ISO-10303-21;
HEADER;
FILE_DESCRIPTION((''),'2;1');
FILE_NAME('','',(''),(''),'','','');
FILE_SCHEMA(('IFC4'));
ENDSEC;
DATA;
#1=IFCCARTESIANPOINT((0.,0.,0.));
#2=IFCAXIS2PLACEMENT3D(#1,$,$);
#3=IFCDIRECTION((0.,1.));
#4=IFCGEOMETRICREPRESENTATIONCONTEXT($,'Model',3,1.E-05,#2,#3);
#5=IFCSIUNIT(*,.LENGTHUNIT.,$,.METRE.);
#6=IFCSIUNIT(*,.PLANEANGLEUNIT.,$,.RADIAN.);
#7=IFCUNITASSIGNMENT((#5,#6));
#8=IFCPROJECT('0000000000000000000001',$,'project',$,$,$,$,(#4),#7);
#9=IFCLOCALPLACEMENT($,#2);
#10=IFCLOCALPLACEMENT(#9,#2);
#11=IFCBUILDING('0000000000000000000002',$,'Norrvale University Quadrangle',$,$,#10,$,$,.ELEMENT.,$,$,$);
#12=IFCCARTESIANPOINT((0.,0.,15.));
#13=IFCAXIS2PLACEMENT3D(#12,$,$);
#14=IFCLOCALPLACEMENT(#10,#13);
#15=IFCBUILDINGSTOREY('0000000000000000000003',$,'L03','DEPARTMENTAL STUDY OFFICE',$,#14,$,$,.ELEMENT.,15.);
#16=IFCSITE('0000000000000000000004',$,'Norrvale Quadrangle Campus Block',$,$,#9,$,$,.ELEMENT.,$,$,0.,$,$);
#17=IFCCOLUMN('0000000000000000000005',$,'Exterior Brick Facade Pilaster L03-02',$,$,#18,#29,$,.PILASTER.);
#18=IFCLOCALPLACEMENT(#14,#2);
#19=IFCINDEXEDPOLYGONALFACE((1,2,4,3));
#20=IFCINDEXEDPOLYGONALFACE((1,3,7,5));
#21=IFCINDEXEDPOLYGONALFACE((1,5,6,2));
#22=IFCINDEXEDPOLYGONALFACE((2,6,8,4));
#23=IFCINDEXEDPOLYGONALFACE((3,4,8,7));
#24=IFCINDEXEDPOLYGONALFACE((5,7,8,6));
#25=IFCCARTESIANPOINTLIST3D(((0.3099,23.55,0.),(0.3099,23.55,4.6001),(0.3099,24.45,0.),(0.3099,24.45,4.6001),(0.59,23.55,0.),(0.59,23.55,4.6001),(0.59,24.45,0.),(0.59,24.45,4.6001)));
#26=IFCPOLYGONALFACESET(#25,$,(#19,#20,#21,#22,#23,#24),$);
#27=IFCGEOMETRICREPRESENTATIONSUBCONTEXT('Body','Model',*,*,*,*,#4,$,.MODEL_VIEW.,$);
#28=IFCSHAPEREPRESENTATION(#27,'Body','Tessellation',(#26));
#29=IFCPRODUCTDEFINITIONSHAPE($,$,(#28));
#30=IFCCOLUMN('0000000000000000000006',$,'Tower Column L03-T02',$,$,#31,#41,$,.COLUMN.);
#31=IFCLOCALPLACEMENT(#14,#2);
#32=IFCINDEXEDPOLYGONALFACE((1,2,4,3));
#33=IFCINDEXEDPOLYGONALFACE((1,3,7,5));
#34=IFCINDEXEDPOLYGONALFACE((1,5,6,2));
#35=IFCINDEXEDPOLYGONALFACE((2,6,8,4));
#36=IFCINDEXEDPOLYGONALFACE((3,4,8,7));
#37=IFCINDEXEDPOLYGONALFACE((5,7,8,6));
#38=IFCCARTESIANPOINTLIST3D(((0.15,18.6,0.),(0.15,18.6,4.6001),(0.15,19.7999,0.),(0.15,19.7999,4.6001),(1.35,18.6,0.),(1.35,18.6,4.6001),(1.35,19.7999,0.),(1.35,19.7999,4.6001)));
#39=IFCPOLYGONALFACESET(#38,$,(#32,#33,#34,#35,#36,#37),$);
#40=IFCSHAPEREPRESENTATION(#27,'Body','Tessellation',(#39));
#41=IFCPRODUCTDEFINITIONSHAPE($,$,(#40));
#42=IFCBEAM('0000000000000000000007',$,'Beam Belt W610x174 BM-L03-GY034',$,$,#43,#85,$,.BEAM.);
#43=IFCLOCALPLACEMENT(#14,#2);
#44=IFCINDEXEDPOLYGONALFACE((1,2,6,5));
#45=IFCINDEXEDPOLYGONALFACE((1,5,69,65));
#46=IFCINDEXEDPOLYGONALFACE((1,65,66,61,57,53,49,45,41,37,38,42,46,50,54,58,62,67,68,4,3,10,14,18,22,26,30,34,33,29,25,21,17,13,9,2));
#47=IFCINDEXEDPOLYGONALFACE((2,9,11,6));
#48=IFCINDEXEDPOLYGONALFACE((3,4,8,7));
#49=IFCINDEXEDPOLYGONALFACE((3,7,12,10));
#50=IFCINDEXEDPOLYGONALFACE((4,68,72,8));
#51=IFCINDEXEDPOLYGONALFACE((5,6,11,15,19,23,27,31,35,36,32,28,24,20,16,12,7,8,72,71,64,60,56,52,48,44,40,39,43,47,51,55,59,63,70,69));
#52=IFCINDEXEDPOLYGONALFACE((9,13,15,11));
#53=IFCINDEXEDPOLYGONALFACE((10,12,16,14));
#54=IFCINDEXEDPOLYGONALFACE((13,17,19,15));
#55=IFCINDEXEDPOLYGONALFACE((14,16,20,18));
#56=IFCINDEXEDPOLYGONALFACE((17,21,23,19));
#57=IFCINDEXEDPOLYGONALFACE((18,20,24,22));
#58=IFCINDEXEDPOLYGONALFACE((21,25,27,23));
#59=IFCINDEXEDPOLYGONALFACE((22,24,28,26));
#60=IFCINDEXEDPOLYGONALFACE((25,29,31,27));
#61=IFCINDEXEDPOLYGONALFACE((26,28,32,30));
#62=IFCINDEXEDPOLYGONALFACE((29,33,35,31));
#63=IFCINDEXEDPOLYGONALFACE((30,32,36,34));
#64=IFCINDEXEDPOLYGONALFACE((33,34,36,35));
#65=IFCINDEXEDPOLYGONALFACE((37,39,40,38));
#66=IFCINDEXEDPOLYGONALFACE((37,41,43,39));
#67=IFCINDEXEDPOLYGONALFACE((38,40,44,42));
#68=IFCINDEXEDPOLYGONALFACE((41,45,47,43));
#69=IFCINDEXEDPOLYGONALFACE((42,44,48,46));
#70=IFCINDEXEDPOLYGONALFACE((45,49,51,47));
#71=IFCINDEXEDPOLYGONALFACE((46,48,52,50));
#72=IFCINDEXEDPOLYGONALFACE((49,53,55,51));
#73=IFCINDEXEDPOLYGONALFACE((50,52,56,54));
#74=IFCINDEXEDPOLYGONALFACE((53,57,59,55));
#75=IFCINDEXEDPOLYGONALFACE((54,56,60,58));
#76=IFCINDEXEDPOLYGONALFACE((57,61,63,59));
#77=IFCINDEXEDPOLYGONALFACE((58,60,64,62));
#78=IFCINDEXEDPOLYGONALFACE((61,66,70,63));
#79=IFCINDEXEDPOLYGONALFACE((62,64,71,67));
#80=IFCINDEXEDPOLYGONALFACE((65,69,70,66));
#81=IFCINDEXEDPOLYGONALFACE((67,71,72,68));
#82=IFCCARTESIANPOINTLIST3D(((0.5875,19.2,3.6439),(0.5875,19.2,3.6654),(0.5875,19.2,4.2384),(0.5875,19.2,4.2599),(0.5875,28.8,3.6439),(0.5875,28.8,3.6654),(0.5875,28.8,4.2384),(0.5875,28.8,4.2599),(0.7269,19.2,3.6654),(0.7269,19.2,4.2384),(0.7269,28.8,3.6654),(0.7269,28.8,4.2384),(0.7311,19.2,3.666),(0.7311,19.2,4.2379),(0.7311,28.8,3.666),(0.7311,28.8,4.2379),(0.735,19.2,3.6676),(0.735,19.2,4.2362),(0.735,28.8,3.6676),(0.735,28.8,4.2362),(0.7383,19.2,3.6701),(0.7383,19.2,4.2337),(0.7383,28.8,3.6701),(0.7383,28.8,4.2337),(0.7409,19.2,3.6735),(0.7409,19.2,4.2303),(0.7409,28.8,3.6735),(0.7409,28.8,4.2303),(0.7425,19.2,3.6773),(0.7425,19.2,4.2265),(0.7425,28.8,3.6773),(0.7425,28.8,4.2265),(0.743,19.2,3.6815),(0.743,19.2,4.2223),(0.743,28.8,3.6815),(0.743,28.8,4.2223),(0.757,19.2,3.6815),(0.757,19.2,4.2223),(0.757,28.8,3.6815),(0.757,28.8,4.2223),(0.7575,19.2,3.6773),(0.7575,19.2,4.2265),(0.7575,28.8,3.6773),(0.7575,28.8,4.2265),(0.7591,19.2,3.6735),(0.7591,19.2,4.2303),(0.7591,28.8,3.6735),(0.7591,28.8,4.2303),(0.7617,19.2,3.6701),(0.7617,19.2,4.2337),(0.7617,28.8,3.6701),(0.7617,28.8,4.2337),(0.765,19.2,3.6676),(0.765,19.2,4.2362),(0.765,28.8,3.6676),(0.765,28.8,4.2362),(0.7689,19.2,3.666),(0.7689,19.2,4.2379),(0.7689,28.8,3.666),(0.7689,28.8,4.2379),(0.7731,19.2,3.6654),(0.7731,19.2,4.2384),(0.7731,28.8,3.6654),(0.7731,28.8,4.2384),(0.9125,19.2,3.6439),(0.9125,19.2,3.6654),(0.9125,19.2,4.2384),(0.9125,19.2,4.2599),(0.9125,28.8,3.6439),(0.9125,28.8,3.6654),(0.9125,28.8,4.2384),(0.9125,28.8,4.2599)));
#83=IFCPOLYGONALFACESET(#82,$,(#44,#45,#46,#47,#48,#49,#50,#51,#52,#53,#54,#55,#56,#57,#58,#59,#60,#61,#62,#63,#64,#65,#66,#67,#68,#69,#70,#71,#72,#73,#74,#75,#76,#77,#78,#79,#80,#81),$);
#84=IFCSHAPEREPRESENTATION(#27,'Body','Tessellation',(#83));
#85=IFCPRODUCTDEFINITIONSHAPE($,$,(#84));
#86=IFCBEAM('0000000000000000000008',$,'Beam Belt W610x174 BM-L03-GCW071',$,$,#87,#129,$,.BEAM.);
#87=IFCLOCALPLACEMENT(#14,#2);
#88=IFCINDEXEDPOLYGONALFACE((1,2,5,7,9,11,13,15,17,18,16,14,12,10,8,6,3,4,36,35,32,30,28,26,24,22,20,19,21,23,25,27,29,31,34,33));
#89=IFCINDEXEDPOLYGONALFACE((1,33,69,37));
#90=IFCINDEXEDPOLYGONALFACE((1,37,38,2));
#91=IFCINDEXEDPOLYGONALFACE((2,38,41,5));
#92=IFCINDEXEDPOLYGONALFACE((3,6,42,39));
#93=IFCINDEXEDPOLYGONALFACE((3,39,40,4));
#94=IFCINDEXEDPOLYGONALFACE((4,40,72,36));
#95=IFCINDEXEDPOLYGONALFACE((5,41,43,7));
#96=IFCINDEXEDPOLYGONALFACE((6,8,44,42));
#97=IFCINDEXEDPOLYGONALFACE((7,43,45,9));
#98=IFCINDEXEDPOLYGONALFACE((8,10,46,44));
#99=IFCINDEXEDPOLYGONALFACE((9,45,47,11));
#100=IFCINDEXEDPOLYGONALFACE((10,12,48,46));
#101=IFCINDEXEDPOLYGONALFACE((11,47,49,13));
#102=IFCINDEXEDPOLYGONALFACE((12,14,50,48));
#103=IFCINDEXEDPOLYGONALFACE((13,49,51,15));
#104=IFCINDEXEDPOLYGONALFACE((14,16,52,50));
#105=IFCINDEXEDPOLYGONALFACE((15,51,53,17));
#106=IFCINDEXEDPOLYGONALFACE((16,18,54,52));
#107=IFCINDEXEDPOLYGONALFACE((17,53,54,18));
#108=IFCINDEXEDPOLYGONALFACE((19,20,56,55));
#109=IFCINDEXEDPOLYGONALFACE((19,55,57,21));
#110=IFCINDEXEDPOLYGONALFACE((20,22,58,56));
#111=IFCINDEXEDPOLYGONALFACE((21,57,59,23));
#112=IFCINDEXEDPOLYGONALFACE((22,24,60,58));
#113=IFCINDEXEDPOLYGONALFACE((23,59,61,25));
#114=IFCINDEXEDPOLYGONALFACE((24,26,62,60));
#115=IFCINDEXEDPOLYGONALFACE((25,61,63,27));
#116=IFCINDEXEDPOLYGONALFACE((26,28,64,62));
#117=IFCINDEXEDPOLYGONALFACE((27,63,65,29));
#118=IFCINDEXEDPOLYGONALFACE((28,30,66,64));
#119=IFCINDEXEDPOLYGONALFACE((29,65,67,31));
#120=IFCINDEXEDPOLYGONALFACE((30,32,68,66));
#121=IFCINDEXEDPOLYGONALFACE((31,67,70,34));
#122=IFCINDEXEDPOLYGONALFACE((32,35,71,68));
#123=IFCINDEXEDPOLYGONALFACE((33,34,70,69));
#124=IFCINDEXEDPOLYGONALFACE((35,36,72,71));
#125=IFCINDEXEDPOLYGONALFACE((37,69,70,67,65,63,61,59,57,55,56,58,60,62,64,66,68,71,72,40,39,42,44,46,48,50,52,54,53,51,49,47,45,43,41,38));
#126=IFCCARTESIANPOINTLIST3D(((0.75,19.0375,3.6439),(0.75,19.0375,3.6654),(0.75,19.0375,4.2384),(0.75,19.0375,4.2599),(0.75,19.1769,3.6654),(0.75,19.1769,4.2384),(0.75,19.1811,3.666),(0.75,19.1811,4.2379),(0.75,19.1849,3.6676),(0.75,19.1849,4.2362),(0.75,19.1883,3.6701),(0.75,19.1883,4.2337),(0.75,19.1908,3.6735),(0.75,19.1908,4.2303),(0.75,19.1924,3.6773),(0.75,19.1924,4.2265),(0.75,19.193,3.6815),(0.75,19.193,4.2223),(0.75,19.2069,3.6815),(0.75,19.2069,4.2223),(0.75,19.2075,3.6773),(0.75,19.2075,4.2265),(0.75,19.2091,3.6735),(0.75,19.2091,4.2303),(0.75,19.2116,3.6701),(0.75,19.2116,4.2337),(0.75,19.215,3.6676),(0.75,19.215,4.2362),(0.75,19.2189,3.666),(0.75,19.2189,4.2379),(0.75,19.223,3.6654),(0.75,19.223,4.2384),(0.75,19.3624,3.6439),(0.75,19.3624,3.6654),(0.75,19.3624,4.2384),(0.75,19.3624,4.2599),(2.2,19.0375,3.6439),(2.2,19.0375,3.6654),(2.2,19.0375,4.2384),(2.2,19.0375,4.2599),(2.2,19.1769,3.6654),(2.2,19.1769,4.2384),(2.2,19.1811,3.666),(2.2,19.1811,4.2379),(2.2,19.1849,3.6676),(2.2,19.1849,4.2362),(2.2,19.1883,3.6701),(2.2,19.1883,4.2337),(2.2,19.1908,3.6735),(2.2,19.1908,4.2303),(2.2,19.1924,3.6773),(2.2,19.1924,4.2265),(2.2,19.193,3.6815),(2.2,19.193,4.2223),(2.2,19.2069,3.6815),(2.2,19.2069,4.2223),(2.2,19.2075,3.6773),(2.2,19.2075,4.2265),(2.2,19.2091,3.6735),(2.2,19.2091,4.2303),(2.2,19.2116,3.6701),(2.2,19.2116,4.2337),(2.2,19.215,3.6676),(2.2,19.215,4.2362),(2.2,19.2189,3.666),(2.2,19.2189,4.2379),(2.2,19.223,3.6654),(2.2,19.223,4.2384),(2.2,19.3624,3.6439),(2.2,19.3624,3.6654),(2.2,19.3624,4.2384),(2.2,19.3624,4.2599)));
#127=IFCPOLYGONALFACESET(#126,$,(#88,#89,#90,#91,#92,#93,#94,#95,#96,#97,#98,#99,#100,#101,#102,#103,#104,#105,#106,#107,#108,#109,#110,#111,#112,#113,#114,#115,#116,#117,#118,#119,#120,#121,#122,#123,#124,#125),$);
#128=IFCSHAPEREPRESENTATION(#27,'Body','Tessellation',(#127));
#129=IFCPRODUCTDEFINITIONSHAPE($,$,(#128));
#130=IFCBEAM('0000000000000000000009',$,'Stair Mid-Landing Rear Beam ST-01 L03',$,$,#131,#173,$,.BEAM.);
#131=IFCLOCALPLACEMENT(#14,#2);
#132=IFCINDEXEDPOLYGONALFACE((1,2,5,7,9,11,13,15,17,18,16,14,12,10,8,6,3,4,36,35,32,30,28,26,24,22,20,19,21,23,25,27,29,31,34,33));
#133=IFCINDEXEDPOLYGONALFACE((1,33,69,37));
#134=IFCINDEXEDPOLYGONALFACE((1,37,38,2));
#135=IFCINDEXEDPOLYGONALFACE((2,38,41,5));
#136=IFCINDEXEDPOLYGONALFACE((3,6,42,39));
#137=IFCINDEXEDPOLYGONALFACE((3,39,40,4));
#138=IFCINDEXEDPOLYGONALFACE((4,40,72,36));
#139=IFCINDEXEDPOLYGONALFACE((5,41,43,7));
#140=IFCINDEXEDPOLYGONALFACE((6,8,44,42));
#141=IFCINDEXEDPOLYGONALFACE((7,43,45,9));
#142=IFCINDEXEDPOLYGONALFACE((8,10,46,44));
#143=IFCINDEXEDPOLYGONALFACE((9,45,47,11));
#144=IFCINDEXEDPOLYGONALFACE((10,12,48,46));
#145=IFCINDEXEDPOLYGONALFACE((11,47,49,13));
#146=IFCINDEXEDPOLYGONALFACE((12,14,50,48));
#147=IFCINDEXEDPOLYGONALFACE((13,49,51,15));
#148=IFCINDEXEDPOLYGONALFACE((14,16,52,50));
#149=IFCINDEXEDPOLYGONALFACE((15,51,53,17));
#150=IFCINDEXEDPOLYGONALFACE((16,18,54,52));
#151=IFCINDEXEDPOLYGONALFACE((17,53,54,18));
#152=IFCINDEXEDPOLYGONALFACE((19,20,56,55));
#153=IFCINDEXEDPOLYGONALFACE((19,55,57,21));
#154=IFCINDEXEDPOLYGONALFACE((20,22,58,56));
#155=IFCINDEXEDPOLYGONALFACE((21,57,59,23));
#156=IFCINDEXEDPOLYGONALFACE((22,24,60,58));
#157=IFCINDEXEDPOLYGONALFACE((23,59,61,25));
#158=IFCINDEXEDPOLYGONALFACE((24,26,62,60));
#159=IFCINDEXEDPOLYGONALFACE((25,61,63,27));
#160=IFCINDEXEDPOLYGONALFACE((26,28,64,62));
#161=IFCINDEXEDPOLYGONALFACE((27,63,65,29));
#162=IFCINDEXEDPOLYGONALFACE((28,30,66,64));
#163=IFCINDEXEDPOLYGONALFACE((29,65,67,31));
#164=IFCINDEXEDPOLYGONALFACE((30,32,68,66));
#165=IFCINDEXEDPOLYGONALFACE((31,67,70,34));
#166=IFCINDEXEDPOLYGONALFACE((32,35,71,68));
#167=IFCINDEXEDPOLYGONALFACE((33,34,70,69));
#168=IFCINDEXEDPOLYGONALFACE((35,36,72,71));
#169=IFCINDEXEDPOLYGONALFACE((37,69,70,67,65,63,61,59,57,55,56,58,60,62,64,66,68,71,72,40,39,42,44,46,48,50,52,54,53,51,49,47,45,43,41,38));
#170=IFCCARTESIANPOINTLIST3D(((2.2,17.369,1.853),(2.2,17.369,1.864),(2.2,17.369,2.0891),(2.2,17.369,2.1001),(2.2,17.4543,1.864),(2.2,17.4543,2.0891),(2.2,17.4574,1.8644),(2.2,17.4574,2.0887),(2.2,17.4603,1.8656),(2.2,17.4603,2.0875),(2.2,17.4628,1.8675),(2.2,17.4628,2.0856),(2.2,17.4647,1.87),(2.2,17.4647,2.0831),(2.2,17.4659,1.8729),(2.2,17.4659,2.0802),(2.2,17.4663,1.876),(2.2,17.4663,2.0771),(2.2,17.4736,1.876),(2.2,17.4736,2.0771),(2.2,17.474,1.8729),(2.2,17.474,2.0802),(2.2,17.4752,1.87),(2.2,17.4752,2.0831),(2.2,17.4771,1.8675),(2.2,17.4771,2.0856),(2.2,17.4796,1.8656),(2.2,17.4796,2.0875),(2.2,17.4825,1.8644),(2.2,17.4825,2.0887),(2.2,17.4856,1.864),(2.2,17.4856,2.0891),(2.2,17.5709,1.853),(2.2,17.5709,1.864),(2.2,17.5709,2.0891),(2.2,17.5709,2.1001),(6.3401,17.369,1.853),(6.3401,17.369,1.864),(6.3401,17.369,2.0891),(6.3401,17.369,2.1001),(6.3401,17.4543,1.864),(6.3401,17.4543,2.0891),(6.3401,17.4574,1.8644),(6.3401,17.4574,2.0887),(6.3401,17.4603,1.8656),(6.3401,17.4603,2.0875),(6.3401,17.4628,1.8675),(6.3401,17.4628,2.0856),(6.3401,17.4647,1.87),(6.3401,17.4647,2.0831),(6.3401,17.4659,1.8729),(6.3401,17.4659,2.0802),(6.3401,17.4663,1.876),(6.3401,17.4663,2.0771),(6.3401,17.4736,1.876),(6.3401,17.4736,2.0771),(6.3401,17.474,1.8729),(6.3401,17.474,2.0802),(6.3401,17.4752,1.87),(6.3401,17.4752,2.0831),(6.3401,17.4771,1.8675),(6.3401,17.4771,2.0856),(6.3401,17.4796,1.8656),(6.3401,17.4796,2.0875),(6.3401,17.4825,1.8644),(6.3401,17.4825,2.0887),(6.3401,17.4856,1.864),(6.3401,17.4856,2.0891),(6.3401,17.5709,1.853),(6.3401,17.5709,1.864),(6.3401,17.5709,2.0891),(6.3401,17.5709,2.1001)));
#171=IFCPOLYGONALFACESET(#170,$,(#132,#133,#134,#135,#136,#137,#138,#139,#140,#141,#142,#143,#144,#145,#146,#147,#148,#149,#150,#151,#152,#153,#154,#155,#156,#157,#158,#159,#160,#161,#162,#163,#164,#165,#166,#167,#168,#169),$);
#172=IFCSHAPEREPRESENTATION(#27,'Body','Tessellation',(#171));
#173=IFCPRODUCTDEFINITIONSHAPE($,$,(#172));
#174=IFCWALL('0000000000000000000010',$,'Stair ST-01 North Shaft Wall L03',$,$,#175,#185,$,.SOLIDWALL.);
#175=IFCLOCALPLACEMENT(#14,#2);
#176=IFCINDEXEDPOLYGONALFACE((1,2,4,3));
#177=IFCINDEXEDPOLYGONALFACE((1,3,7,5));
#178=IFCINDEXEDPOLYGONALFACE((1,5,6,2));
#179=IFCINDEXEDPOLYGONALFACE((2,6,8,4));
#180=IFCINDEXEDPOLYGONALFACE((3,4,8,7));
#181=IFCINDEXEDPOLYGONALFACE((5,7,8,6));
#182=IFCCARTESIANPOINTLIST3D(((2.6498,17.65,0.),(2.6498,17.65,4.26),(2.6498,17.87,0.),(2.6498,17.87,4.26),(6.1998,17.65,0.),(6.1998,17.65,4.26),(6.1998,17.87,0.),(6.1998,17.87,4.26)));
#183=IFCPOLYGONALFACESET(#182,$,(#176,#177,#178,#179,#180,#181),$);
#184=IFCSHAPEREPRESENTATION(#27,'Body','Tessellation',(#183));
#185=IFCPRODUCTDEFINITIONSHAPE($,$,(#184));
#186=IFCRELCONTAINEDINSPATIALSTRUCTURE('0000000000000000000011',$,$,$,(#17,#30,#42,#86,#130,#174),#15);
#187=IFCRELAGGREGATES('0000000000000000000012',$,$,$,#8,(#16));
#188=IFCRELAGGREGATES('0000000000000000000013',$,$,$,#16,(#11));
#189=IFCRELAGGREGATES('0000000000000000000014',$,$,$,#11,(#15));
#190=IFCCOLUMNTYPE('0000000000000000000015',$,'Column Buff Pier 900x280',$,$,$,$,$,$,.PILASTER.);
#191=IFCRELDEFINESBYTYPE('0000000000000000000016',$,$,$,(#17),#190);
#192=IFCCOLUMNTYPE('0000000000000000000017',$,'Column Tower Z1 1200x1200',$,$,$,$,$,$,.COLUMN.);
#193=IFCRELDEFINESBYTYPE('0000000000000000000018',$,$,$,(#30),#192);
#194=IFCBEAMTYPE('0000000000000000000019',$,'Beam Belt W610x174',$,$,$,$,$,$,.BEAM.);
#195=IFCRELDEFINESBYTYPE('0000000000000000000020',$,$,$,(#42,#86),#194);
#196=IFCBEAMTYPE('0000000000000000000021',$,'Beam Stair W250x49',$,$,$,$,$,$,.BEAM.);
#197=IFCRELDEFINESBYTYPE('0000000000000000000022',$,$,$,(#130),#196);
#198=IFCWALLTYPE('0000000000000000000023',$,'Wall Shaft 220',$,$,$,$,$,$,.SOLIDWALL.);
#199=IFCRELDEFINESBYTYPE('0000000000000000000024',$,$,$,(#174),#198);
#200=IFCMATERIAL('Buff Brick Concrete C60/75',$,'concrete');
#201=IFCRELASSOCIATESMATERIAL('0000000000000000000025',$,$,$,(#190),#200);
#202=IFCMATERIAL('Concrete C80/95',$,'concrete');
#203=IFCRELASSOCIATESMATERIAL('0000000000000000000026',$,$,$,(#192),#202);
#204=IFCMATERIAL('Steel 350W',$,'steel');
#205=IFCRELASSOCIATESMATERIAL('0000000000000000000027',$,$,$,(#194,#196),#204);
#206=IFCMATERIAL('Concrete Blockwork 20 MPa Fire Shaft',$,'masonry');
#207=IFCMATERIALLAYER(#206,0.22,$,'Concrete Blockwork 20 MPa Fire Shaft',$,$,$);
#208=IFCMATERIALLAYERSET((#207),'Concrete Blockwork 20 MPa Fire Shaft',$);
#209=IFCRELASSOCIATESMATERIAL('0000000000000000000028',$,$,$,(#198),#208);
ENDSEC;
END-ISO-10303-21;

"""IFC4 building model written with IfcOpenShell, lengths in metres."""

from ifc_helpers import new_model, si_unit, direction, frame, frame_2d, origin, origin_2d, place, context, subcontext, project, spatial, rectangle, i_section, extrude, material, layer, layer_set, material_profile, profile_set, type_object, element, save


model = new_model("IFC4")

# Units and contexts
model_context = context("Model", 3, precision=1e-05, world=origin(), true_north=direction((0.0, 1.0)))
body_context = subcontext(model_context, "Body", "Model", "MODEL_VIEW")
ifc_project = project(units=[si_unit("LENGTHUNIT", "METRE"), si_unit("PLANEANGLEUNIT", "RADIAN")], contexts=[model_context])

# Site, building, storey
site_placement = place(None, origin())
site = spatial("IfcSite", under=ifc_project, at=site_placement, Name="Norrvale Quadrangle Campus Block", CompositionType="ELEMENT", RefElevation=0.0)
building_placement = place(site_placement, origin())
building = spatial("IfcBuilding", under=site, at=building_placement, Name="Norrvale University Quadrangle", CompositionType="ELEMENT")
storey_placement = place(building_placement, frame((0.0, 0.0, 15.0)))
storey = spatial("IfcBuildingStorey", under=building, at=storey_placement, Name="L03", Description="DEPARTMENTAL STUDY OFFICE", CompositionType="ELEMENT", Elevation=15.0)

# Columns
ifc_material_1 = material(Name="Buff Brick Concrete C60/75", Category="concrete")
ifc_material_profile_1 = material_profile(ifc_material_1, rectangle(XDim=0.8999, YDim=0.28, at=origin_2d()), Name="Buff Brick Concrete C60/75")
ifc_profile_set_1 = profile_set([ifc_material_profile_1], Name="Buff Brick Concrete C60/75")
column_type_1 = type_object("IfcColumnType", Name="Column Buff Pier 900x280", PredefinedType="PILASTER", material=ifc_profile_set_1)
column_1_placement = place(storey_placement, frame((0.45, 24.0, 0.0), z_axis=(0.0, 0.0, 1.0), x_axis=(0.0, 1.0, 0.0)))
element("IfcColumn", 1, at=column_1_placement, inside=storey, type_object=column_type_1, Name="Exterior Brick Facade Pilaster L03-02", PredefinedType="PILASTER", context=body_context, shape_type="SweptSolid", body=[
    extrude(rectangle(XDim=0.8999, YDim=0.28, at=origin_2d()), origin(), (0.0, 0.0, 1.0), 4.6001),
])
ifc_material_2 = material(Name="Concrete C80/95", Category="concrete")
ifc_material_profile_2 = material_profile(ifc_material_2, rectangle(XDim=1.2, YDim=1.2, at=origin_2d()), Name="Concrete C80/95")
ifc_profile_set_2 = profile_set([ifc_material_profile_2], Name="Concrete C80/95")
column_type_2 = type_object("IfcColumnType", Name="Column Tower Z1 1200x1200", PredefinedType="COLUMN", material=ifc_profile_set_2)
column_2_placement = place(storey_placement, frame((0.75, 19.2, 0.0), z_axis=(0.0, 0.0, 1.0), x_axis=(1.0, 0.0, 0.0)))
element("IfcColumn", 2, at=column_2_placement, inside=storey, type_object=column_type_2, Name="Tower Column L03-T02", PredefinedType="COLUMN", context=body_context, shape_type="SweptSolid", body=[
    extrude(rectangle(XDim=1.2, YDim=1.2, at=origin_2d()), origin(), (0.0, 0.0, 1.0), 4.6001),
])

# Beams
ifc_material_3 = material(Name="Steel 350W", Category="steel")
ifc_material_profile_3 = material_profile(ifc_material_3, i_section(OverallWidth=0.325, OverallDepth=0.616, WebThickness=0.0139, FlangeThickness=0.0215, FilletRadius=0.0161, at=origin_2d()), Name="Steel 350W")
ifc_profile_set_3 = profile_set([ifc_material_profile_3], Name="Steel 350W")
beam_type_1 = type_object("IfcBeamType", Name="Beam Belt W610x174", PredefinedType="BEAM", material=ifc_profile_set_3)
beam_1_placement = place(storey_placement, frame((0.75, 19.2, 3.9519), z_axis=(0.0, 1.0, 0.0), x_axis=(-1.0, 0.0, 0.0)))
element("IfcBeam", 3, at=beam_1_placement, inside=storey, type_object=beam_type_1, Name="Beam Belt W610x174 BM-L03-GY034", PredefinedType="BEAM", context=body_context, shape_type="SweptSolid", body=[
    extrude(i_section(OverallWidth=0.325, OverallDepth=0.616, WebThickness=0.0139, FlangeThickness=0.0215, FilletRadius=0.0161, at=origin_2d()), origin(), (0.0, 0.0, 1.0), 9.6001),
])
beam_2_placement = place(storey_placement, frame((0.75, 19.2, 3.9519), z_axis=(1.0, 0.0, 0.0), x_axis=(0.0, 1.0, 0.0)))
element("IfcBeam", 4, at=beam_2_placement, inside=storey, type_object=beam_type_1, Name="Beam Belt W610x174 BM-L03-GCW071", PredefinedType="BEAM", context=body_context, shape_type="SweptSolid", body=[
    extrude(i_section(OverallWidth=0.325, OverallDepth=0.616, WebThickness=0.0139, FlangeThickness=0.0215, FilletRadius=0.0161, at=origin_2d()), origin(), (0.0, 0.0, 1.0), 1.45),
])
ifc_material_profile_4 = material_profile(ifc_material_3, i_section(OverallWidth=0.2019, OverallDepth=0.2471, WebThickness=0.0073, FlangeThickness=0.011, FilletRadius=0.012, at=origin_2d()), Name="Steel 350W")
ifc_profile_set_4 = profile_set([ifc_material_profile_4], Name="Steel 350W")
beam_type_2 = type_object("IfcBeamType", Name="Beam Stair W250x49", PredefinedType="BEAM", material=ifc_profile_set_4)
beam_3_placement = place(storey_placement, frame((2.2, 17.47, 1.9766), z_axis=(1.0, 0.0, 0.0), x_axis=(0.0, 1.0, 0.0)))
element("IfcBeam", 5, at=beam_3_placement, inside=storey, type_object=beam_type_2, Name="Stair Mid-Landing Rear Beam ST-01 L03", PredefinedType="BEAM", context=body_context, shape_type="SweptSolid", body=[
    extrude(i_section(OverallWidth=0.2019, OverallDepth=0.2471, WebThickness=0.0073, FlangeThickness=0.011, FilletRadius=0.012, at=origin_2d()), origin(), (0.0, 0.0, 1.0), 4.1401),
])

# Wall
ifc_material_4 = material(Name="Concrete Blockwork 20 MPa Fire Shaft", Category="masonry")
ifc_layer_1 = layer(ifc_material_4, 0.22, Name="Concrete Blockwork 20 MPa Fire Shaft")
ifc_layer_set_1 = layer_set([ifc_layer_1], Name="Concrete Blockwork 20 MPa Fire Shaft")
wall_type = type_object("IfcWallType", Name="Wall Shaft 220", PredefinedType="SOLIDWALL", material=ifc_layer_set_1)
wall_1_placement = place(storey_placement, frame((2.6499, 17.76, 0.0), z_axis=(0.0, 0.0, 1.0), x_axis=(1.0, 0.0, 0.0)))
element("IfcWall", 6, at=wall_1_placement, inside=storey, type_object=wall_type, Name="Stair ST-01 North Shaft Wall L03", PredefinedType="SOLIDWALL", context=body_context, shape_type="SweptSolid", body=[
    extrude(rectangle(XDim=3.55, YDim=0.22, at=frame_2d((1.7749, 0.0))), origin(), (0.0, 0.0, 1.0), 4.26),
])

save(model, "model.ifc")
